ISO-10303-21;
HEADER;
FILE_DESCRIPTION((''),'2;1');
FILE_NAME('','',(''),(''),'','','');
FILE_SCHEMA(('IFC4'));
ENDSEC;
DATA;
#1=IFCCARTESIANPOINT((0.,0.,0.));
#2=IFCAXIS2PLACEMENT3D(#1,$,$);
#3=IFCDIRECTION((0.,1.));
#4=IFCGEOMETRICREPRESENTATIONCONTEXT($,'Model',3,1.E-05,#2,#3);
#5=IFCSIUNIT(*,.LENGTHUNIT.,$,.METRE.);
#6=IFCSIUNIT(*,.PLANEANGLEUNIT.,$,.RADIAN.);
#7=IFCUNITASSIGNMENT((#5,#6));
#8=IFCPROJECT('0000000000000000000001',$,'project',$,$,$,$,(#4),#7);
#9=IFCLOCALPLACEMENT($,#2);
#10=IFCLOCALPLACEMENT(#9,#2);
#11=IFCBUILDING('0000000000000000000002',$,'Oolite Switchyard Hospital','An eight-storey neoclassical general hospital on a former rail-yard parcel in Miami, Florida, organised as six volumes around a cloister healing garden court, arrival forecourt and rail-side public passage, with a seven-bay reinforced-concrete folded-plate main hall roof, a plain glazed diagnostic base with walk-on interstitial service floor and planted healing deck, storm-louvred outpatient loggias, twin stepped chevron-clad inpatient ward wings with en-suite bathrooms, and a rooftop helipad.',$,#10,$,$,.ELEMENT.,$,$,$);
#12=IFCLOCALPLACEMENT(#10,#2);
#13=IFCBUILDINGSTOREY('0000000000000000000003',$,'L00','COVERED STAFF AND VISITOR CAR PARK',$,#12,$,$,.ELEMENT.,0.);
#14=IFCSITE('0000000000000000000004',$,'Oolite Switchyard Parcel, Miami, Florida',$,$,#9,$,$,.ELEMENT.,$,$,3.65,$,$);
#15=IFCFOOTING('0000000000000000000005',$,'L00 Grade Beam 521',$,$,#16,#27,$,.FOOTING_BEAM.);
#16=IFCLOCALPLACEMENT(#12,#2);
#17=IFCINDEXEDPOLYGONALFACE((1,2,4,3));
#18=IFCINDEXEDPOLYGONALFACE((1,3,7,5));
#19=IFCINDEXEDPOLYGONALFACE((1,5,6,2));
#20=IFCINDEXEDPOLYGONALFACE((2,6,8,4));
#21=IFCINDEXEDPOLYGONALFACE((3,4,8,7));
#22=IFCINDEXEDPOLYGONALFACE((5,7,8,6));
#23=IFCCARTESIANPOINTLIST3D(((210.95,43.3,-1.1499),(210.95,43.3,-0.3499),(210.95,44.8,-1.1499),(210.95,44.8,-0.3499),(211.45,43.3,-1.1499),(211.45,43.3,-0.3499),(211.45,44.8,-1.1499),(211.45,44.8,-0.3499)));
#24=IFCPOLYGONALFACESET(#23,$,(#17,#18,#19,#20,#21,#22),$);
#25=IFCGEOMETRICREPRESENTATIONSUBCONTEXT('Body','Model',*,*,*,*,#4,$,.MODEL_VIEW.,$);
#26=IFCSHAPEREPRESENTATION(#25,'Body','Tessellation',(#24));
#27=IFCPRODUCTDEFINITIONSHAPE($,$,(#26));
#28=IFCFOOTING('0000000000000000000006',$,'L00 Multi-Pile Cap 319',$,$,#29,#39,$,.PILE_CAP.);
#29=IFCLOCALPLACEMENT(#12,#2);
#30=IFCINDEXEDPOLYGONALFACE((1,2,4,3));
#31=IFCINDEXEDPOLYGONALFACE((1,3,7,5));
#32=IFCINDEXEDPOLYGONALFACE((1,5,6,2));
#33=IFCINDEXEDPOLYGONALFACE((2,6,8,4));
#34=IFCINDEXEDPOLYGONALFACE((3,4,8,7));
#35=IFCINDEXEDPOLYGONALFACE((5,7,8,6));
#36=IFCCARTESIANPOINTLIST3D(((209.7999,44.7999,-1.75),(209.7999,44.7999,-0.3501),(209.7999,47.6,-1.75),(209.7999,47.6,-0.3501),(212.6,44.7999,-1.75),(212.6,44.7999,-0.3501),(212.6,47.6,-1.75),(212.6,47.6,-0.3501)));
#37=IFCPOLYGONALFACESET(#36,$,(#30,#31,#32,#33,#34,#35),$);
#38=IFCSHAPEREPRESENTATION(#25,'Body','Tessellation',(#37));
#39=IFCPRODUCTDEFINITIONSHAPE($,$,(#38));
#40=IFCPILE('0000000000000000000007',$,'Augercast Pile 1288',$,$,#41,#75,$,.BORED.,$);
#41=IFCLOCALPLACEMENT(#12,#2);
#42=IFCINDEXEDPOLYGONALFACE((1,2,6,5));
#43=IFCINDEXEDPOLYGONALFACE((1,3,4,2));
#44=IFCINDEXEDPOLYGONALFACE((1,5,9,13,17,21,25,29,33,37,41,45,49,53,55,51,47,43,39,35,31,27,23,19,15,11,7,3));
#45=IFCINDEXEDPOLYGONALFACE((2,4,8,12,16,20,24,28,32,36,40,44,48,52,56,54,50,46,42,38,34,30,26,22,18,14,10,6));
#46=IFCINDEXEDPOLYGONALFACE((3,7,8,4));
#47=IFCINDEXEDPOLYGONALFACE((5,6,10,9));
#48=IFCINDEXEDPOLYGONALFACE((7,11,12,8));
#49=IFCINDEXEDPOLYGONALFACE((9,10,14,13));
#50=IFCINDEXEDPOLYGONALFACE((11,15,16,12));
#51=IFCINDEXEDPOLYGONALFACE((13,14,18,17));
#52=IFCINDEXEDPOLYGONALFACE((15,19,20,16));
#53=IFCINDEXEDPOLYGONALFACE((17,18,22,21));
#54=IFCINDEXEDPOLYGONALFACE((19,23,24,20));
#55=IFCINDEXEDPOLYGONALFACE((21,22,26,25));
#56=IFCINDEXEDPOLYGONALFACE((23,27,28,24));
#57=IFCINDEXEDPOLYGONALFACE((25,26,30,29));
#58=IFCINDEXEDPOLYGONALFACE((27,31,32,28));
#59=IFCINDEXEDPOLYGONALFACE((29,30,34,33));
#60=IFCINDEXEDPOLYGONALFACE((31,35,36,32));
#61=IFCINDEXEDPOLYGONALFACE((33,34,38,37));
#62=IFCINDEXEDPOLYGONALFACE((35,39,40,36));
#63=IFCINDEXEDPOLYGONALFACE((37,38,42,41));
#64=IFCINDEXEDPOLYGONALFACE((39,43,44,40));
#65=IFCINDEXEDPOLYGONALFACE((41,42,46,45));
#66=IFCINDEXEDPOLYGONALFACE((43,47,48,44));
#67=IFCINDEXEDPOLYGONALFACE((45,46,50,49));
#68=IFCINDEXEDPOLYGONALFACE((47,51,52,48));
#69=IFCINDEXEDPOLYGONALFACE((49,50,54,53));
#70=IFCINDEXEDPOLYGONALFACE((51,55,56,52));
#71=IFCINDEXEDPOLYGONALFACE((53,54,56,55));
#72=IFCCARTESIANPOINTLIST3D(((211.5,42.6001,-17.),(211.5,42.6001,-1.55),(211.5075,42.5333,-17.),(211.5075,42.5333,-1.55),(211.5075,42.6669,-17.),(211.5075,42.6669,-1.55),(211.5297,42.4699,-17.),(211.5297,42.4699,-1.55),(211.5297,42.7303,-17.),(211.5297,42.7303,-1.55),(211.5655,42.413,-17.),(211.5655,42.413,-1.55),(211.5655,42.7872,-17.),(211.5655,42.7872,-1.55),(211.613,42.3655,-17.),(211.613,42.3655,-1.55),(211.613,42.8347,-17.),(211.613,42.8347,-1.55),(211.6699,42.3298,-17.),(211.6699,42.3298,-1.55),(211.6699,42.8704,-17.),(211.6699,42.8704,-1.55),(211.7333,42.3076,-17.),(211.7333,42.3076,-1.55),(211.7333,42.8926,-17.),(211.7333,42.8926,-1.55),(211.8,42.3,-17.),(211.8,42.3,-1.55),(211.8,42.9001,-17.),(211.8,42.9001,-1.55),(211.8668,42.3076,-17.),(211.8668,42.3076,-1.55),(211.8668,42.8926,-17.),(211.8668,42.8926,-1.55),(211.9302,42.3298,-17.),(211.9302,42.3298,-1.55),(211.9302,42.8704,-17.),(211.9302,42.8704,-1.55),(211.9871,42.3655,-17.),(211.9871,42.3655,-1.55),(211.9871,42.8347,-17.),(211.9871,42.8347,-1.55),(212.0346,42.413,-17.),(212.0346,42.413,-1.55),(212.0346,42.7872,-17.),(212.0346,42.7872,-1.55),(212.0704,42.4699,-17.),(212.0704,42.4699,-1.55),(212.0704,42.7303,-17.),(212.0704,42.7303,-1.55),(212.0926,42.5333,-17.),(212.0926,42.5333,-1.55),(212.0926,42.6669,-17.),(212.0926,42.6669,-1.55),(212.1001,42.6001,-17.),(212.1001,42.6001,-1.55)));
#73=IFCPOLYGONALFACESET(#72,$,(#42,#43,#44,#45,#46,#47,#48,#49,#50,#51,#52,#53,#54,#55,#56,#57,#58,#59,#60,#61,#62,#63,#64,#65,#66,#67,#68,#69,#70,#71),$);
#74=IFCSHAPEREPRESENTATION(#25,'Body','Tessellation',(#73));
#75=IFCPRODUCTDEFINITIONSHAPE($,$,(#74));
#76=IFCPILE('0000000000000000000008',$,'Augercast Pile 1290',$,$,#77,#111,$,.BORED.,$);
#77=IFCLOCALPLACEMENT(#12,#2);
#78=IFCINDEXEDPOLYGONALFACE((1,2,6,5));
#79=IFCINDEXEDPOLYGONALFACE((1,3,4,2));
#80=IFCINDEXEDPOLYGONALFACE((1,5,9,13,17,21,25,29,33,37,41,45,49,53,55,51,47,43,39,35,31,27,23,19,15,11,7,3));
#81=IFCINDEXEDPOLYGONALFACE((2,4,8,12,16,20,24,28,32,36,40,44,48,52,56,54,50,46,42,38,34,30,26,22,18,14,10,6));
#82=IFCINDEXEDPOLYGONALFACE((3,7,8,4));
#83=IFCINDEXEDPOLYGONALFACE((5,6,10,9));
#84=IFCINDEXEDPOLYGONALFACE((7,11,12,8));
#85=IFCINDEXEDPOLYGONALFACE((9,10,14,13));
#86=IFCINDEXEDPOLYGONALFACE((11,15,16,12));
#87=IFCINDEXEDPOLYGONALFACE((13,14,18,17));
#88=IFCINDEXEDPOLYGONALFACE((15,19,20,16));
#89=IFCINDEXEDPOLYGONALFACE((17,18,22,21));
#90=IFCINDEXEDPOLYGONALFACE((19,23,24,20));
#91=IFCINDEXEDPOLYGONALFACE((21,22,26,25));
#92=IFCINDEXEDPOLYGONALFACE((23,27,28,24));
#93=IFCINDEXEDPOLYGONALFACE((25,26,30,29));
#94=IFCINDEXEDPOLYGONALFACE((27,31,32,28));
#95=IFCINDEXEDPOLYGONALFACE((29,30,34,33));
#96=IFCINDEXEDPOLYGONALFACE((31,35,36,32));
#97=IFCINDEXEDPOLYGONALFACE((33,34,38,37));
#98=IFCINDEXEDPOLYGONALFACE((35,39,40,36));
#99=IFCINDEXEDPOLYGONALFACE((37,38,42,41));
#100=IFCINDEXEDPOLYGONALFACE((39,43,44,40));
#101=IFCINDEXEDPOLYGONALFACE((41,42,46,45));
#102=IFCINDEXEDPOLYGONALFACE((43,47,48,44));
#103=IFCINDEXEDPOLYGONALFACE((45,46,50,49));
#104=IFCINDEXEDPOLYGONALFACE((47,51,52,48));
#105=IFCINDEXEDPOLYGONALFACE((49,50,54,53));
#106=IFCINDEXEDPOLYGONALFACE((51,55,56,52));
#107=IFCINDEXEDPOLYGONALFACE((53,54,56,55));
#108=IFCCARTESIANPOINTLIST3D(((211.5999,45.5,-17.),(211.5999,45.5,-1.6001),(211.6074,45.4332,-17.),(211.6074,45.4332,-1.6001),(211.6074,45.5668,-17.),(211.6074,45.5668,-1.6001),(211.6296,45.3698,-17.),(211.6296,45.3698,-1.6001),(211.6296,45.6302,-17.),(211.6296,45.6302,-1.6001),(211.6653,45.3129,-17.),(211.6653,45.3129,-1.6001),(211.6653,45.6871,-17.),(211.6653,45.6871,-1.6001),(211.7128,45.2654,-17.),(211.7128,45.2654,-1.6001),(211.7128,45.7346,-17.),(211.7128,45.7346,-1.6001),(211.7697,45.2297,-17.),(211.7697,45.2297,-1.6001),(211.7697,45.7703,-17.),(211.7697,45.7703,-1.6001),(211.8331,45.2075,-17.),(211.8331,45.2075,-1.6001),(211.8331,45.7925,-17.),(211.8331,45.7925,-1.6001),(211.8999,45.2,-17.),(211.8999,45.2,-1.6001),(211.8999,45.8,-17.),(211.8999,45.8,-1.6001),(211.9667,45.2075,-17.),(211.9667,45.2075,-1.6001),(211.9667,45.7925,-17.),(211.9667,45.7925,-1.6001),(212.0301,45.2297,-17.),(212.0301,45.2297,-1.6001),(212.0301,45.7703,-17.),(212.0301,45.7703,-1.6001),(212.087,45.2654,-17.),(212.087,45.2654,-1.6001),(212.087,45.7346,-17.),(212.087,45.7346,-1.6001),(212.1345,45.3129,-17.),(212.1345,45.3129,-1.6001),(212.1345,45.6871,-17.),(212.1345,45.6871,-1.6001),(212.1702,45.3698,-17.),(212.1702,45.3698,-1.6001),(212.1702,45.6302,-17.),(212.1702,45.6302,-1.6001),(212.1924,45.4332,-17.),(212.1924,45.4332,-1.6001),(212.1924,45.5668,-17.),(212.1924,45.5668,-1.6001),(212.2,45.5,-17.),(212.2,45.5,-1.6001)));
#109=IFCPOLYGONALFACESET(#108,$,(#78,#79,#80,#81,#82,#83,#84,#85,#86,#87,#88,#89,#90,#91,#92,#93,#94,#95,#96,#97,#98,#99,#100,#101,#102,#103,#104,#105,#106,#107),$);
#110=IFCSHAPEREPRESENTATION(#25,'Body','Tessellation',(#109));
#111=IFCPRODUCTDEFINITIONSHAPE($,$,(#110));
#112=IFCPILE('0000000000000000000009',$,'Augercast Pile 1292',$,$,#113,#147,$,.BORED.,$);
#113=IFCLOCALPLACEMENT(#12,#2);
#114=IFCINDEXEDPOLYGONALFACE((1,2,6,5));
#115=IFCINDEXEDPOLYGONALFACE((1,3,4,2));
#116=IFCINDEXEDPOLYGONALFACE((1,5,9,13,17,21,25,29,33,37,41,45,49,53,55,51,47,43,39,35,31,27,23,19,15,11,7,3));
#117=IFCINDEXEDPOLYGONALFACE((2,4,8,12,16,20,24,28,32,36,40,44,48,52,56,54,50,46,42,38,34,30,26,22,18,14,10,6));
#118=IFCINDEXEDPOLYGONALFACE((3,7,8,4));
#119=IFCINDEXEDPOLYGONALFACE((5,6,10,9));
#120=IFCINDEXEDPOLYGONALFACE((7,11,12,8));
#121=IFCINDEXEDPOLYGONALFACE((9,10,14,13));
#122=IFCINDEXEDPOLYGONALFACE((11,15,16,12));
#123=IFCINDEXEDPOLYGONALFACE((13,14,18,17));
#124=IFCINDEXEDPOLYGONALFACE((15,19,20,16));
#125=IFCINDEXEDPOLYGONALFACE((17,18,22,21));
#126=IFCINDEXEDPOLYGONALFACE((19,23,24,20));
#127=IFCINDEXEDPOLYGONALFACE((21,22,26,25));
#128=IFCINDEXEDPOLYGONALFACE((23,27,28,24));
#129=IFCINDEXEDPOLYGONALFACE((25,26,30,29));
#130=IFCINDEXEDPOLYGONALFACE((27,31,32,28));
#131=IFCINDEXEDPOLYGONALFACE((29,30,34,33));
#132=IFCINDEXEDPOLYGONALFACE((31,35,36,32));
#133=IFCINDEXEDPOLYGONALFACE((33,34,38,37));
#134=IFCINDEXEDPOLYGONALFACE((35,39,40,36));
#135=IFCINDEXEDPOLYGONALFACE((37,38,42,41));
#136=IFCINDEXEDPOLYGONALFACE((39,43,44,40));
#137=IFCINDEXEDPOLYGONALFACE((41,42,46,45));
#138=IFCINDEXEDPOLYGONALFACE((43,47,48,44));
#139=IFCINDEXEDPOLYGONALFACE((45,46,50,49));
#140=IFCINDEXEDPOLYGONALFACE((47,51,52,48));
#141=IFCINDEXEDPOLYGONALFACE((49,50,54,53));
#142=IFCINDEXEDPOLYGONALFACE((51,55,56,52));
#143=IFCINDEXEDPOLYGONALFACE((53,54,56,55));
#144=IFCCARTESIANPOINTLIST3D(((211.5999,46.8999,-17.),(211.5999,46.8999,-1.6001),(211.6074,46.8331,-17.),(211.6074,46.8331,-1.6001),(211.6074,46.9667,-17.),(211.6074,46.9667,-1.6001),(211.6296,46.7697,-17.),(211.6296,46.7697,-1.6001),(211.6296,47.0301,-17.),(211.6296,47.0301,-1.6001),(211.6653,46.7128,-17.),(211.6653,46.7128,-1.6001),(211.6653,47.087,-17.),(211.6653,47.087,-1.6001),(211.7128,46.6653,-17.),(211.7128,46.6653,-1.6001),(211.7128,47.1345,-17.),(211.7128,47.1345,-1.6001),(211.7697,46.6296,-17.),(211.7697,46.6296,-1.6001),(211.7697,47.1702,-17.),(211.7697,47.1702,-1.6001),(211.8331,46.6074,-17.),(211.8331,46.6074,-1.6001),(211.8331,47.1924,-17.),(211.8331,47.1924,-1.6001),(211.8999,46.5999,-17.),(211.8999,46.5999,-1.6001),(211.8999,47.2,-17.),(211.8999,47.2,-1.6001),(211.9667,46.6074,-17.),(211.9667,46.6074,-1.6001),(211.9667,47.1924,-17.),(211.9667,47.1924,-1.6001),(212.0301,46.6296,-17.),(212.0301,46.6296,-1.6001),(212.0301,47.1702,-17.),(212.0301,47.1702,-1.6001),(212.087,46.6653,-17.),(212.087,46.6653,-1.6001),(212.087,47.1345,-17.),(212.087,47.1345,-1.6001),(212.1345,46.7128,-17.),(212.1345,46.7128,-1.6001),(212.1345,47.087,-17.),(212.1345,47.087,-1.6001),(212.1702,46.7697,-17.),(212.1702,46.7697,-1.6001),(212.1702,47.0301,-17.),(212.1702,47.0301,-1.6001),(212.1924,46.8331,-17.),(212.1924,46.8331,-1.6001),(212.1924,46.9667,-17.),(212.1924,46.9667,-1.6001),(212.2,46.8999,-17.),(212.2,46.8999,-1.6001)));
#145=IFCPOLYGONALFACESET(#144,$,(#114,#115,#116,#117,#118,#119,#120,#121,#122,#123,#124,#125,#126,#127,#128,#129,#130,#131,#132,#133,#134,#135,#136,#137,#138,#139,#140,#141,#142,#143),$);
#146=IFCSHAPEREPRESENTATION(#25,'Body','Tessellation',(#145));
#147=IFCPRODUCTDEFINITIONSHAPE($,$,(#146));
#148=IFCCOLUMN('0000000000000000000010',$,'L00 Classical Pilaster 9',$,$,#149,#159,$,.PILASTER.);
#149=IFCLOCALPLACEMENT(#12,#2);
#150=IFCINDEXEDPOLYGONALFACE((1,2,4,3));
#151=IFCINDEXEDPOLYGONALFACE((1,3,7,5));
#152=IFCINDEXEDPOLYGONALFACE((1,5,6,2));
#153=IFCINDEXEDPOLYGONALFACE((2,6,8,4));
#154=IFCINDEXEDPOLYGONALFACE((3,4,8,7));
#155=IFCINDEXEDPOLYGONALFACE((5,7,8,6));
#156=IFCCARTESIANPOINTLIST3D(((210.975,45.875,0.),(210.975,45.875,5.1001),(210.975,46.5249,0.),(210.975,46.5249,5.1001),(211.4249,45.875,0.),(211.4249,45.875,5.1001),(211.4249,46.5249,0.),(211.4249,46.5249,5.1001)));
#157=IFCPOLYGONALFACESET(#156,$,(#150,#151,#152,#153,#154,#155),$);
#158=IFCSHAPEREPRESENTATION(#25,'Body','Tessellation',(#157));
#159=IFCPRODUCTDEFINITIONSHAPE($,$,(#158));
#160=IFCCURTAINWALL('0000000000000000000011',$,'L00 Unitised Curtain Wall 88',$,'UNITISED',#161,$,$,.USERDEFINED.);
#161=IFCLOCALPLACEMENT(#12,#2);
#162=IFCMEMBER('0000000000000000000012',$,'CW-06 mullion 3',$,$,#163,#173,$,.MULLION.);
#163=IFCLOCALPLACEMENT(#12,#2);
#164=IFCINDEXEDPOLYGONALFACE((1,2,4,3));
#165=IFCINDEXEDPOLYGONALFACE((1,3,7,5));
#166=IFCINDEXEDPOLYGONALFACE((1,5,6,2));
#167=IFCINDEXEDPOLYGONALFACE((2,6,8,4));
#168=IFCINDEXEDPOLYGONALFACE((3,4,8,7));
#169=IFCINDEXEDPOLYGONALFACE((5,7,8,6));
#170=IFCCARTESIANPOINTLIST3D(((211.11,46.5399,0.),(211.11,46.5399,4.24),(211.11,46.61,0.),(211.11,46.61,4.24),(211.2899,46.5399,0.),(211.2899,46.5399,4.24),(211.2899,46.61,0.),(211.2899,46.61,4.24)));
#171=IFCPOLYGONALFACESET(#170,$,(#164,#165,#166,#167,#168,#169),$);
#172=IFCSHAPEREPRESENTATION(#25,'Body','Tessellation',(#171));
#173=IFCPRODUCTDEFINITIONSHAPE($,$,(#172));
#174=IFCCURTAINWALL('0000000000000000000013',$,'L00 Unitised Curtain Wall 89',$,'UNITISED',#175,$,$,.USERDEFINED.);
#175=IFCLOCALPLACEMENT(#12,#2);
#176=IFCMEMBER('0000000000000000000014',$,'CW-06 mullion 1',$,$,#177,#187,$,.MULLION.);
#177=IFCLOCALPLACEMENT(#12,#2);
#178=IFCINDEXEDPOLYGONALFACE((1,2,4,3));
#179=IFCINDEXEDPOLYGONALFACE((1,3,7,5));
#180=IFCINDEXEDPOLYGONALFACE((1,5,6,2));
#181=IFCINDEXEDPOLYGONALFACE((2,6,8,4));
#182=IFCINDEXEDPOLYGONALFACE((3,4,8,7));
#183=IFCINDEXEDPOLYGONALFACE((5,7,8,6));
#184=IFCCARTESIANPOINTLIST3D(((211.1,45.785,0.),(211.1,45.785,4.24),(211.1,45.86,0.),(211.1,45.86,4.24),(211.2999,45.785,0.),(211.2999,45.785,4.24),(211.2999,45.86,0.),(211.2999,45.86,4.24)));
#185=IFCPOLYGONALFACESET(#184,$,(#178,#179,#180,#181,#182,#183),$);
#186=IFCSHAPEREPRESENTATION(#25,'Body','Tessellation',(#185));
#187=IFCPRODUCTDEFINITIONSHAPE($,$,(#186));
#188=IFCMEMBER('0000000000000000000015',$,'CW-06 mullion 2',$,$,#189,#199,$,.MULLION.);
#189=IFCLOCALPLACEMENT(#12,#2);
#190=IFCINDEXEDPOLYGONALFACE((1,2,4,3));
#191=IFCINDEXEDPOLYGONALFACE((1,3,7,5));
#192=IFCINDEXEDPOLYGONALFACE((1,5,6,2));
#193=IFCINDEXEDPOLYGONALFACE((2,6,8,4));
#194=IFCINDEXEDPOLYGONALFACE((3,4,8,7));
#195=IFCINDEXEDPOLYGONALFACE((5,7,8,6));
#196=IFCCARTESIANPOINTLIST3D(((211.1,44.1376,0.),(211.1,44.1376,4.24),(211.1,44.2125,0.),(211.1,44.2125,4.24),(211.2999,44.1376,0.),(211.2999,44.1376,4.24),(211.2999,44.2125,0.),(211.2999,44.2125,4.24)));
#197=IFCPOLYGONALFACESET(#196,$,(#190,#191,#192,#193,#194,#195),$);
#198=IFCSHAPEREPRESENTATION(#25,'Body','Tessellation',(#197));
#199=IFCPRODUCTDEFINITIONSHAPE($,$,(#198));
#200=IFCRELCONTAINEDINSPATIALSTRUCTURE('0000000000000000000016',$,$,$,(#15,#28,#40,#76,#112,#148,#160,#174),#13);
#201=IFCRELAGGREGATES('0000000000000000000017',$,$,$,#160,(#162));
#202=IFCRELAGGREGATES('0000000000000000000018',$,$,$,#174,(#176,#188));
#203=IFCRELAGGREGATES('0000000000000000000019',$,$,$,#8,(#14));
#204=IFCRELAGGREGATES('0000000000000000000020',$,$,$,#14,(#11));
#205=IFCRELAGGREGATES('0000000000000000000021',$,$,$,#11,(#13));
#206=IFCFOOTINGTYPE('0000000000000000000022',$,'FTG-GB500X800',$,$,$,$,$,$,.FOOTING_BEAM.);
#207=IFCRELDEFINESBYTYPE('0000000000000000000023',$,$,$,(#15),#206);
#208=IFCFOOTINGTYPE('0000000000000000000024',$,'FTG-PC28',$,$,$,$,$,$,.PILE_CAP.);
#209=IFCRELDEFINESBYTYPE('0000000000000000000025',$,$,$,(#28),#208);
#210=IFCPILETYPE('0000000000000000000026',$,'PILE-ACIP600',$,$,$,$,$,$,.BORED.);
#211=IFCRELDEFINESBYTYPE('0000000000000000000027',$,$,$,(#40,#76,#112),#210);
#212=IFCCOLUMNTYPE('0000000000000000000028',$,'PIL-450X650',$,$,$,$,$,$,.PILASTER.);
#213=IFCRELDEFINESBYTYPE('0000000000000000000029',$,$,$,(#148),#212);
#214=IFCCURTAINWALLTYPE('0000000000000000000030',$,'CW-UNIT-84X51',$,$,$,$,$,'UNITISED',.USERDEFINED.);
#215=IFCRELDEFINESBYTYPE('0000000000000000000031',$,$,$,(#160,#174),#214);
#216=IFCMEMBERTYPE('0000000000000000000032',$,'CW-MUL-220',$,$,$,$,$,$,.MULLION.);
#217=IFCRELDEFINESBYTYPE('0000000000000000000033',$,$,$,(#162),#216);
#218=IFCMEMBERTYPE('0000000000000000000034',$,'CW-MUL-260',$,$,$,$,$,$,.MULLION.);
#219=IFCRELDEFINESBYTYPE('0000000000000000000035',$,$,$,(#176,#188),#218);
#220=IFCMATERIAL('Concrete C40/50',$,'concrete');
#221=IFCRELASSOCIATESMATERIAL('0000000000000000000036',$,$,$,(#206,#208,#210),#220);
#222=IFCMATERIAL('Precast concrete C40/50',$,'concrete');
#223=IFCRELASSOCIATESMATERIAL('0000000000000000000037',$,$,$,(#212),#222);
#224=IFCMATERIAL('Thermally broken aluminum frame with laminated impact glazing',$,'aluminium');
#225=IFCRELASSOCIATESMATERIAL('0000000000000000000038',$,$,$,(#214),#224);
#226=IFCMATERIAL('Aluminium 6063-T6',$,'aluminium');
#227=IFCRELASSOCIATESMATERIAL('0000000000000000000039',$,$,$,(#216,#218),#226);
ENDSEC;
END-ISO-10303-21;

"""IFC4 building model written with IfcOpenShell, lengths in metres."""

from ifc_helpers import new_model, si_unit, direction, frame, origin, origin_2d, place, context, subcontext, project, spatial, rectangle, circle, extrude, material, material_profile, profile_set, type_object, element, aggregate, save


model = new_model("IFC4")

# Units and contexts
model_context = context("Model", 3, precision=1e-05, world=origin(), true_north=direction((0.0, 1.0)))
body_context = subcontext(model_context, "Body", "Model", "MODEL_VIEW")
ifc_project = project(units=[si_unit("LENGTHUNIT", "METRE"), si_unit("PLANEANGLEUNIT", "RADIAN")], contexts=[model_context])

# Site, building, storey
site_placement = place(None, origin())
site = spatial("IfcSite", under=ifc_project, at=site_placement, Name="Oolite Switchyard Parcel, Miami, Florida", CompositionType="ELEMENT", RefElevation=3.65)
building_placement = place(site_placement, origin())
building = spatial("IfcBuilding", under=site, at=building_placement, Name="Oolite Switchyard Hospital", Description="An eight-storey neoclassical general hospital on a former rail-yard parcel in Miami, Florida, organised as six volumes around a cloister healing garden court, arrival forecourt and rail-side public passage, with a seven-bay reinforced-concrete folded-plate main hall roof, a plain glazed diagnostic base with walk-on interstitial service floor and planted healing deck, storm-louvred outpatient loggias, twin stepped chevron-clad inpatient ward wings with en-suite bathrooms, and a rooftop helipad.", CompositionType="ELEMENT")
storey_placement = place(building_placement, origin())
storey = spatial("IfcBuildingStorey", under=building, at=storey_placement, Name="L00", Description="COVERED STAFF AND VISITOR CAR PARK", CompositionType="ELEMENT", Elevation=0.0)

# Footings
ifc_material_1 = material(Name="Concrete C40/50", Category="concrete")
footing_type_1 = type_object("IfcFootingType", Name="FTG-GB500X800", PredefinedType="FOOTING_BEAM", material=ifc_material_1)
footing_1_placement = place(storey_placement, frame((211.2, 44.05, -1.1499), z_axis=(0.0, 0.0, 1.0), x_axis=(0.0, 1.0, 0.0)))
element("IfcFooting", 1, at=footing_1_placement, inside=storey, type_object=footing_type_1, Name="L00 Grade Beam 521", PredefinedType="FOOTING_BEAM", context=body_context, shape_type="SweptSolid", body=[
    extrude(rectangle(XDim=1.5, YDim=0.5, at=origin_2d()), origin(), (0.0, 0.0, 1.0), 0.8),
])
footing_type_2 = type_object("IfcFootingType", Name="FTG-PC28", PredefinedType="PILE_CAP", material=ifc_material_1)
footing_2_placement = place(storey_placement, frame((211.2, 46.2, -1.75), z_axis=(0.0, 0.0, 1.0), x_axis=(1.0, 0.0, 0.0)))
element("IfcFooting", 2, at=footing_2_placement, inside=storey, type_object=footing_type_2, Name="L00 Multi-Pile Cap 319", PredefinedType="PILE_CAP", context=body_context, shape_type="SweptSolid", body=[
    extrude(rectangle(XDim=2.8, YDim=2.8, at=origin_2d()), origin(), (0.0, 0.0, 1.0), 1.3999),
])

# Piles
ifc_material_profile_1 = material_profile(ifc_material_1, circle(Radius=0.3, at=origin_2d()), Name="PILE600")
ifc_profile_set_1 = profile_set([ifc_material_profile_1], Name="Concrete C40/50")
pile_type = type_object("IfcPileType", Name="PILE-ACIP600", PredefinedType="BORED", material=ifc_profile_set_1)
pile_placement = place(storey_placement, frame((211.8, 42.6001, -1.55), z_axis=(0.0, 0.0, -1.0), x_axis=(1.0, 0.0, 0.0)))
element("IfcPile", 3, at=pile_placement, inside=storey, type_object=pile_type, Name="Augercast Pile 1288", PredefinedType="BORED", context=body_context, shape_type="SweptSolid", body=[
    extrude(circle(Radius=0.3, at=origin_2d()), origin(), (0.0, 0.0, 1.0), 15.45),
])
for number, where, z_axis, x_axis, name in (
    (4, (211.8999, 45.5, -1.6001), (0.0, 0.0, -1.0), (1.0, 0.0, 0.0), "Augercast Pile 1290"),
    (5, (211.8999, 46.8999, -1.6001), (0.0, 0.0, -1.0), (1.0, 0.0, 0.0), "Augercast Pile 1292"),
):
    element("IfcPile", number, at=place(storey_placement, frame(where, z_axis=z_axis, x_axis=x_axis)), inside=storey, type_object=pile_type, Name=name, PredefinedType="BORED", context=body_context, shape_type="SweptSolid", body=[
        extrude(circle(Radius=0.3, at=origin_2d()), origin(), (0.0, 0.0, 1.0), 15.3999),
    ])

# Column
ifc_material_2 = material(Name="Precast concrete C40/50", Category="concrete")
ifc_material_profile_2 = material_profile(ifc_material_2, rectangle(XDim=0.45, YDim=0.6499, at=origin_2d()), Name="PIL450X650")
ifc_profile_set_2 = profile_set([ifc_material_profile_2], Name="Precast concrete C40/50")
column_type = type_object("IfcColumnType", Name="PIL-450X650", PredefinedType="PILASTER", material=ifc_profile_set_2)
column_placement = place(storey_placement, frame((211.2, 46.2, 0.0), z_axis=(0.0, 0.0, 1.0), x_axis=(1.0, 0.0, 0.0)))
element("IfcColumn", 6, at=column_placement, inside=storey, type_object=column_type, Name="L00 Classical Pilaster 9", PredefinedType="PILASTER", context=body_context, shape_type="SweptSolid", body=[
    extrude(rectangle(XDim=0.45, YDim=0.6499, at=origin_2d()), origin(), (0.0, 0.0, 1.0), 5.1001),
])

# Curtain wall, member
ifc_material_3 = material(Name="Thermally broken aluminum frame with laminated impact glazing", Category="aluminium")
curtain_wall_type = type_object("IfcCurtainWallType", Name="CW-UNIT-84X51", ElementType="UNITISED", PredefinedType="USERDEFINED", material=ifc_material_3)
curtain_wall_1_placement = place(storey_placement, origin())
curtain_wall_1 = element("IfcCurtainWall", 7, at=curtain_wall_1_placement, inside=storey, type_object=curtain_wall_type, Name="L00 Unitised Curtain Wall 88", ObjectType="UNITISED", PredefinedType="USERDEFINED")
ifc_material_4 = material(Name="Aluminium 6063-T6", Category="aluminium")
ifc_material_profile_3 = material_profile(ifc_material_4, rectangle(XDim=0.1799, YDim=0.0701, at=origin_2d()), Name="CWM70X180")
ifc_profile_set_3 = profile_set([ifc_material_profile_3], Name="Aluminium 6063-T6")
member_type_1 = type_object("IfcMemberType", Name="CW-MUL-220", PredefinedType="MULLION", material=ifc_profile_set_3)
member_1_placement = place(storey_placement, frame((211.2, 46.575, 0.0), z_axis=(0.0, 0.0, 1.0), x_axis=(1.0, 0.0, 0.0)))
member_1 = element("IfcMember", 8, at=member_1_placement, type_object=member_type_1, Name="CW-06 mullion 3", PredefinedType="MULLION", context=body_context, shape_type="SweptSolid", body=[
    extrude(rectangle(XDim=0.1799, YDim=0.0701, at=origin_2d()), origin(), (0.0, 0.0, 1.0), 4.24),
])

# Curtain wall, members
curtain_wall_2_placement = place(storey_placement, origin())
curtain_wall_2 = element("IfcCurtainWall", 9, at=curtain_wall_2_placement, inside=storey, type_object=curtain_wall_type, Name="L00 Unitised Curtain Wall 89", ObjectType="UNITISED", PredefinedType="USERDEFINED")
ifc_material_profile_4 = material_profile(ifc_material_4, rectangle(XDim=0.2, YDim=0.075, at=origin_2d()), Name="CWM75X200")
ifc_profile_set_4 = profile_set([ifc_material_profile_4], Name="Aluminium 6063-T6")
member_type_2 = type_object("IfcMemberType", Name="CW-MUL-260", PredefinedType="MULLION", material=ifc_profile_set_4)
member_2_placement = place(storey_placement, frame((211.2, 45.8225, 0.0), z_axis=(0.0, 0.0, 1.0), x_axis=(1.0, 0.0, 0.0)))
member_2 = element("IfcMember", 10, at=member_2_placement, type_object=member_type_2, Name="CW-06 mullion 1", PredefinedType="MULLION", context=body_context, shape_type="SweptSolid", body=[
    extrude(rectangle(XDim=0.2, YDim=0.075, at=origin_2d()), origin(), (0.0, 0.0, 1.0), 4.24),
])
member_3_placement = place(storey_placement, frame((211.2, 44.175, 0.0), z_axis=(0.0, 0.0, 1.0), x_axis=(1.0, 0.0, 0.0)))
member_3 = element("IfcMember", 11, at=member_3_placement, type_object=member_type_2, Name="CW-06 mullion 2", PredefinedType="MULLION", context=body_context, shape_type="SweptSolid", body=[
    extrude(rectangle(XDim=0.2, YDim=0.075, at=origin_2d()), origin(), (0.0, 0.0, 1.0), 4.24),
])

aggregate(curtain_wall_1, [member_1])
aggregate(curtain_wall_2, [member_2, member_3])

save(model, "model.ifc")
